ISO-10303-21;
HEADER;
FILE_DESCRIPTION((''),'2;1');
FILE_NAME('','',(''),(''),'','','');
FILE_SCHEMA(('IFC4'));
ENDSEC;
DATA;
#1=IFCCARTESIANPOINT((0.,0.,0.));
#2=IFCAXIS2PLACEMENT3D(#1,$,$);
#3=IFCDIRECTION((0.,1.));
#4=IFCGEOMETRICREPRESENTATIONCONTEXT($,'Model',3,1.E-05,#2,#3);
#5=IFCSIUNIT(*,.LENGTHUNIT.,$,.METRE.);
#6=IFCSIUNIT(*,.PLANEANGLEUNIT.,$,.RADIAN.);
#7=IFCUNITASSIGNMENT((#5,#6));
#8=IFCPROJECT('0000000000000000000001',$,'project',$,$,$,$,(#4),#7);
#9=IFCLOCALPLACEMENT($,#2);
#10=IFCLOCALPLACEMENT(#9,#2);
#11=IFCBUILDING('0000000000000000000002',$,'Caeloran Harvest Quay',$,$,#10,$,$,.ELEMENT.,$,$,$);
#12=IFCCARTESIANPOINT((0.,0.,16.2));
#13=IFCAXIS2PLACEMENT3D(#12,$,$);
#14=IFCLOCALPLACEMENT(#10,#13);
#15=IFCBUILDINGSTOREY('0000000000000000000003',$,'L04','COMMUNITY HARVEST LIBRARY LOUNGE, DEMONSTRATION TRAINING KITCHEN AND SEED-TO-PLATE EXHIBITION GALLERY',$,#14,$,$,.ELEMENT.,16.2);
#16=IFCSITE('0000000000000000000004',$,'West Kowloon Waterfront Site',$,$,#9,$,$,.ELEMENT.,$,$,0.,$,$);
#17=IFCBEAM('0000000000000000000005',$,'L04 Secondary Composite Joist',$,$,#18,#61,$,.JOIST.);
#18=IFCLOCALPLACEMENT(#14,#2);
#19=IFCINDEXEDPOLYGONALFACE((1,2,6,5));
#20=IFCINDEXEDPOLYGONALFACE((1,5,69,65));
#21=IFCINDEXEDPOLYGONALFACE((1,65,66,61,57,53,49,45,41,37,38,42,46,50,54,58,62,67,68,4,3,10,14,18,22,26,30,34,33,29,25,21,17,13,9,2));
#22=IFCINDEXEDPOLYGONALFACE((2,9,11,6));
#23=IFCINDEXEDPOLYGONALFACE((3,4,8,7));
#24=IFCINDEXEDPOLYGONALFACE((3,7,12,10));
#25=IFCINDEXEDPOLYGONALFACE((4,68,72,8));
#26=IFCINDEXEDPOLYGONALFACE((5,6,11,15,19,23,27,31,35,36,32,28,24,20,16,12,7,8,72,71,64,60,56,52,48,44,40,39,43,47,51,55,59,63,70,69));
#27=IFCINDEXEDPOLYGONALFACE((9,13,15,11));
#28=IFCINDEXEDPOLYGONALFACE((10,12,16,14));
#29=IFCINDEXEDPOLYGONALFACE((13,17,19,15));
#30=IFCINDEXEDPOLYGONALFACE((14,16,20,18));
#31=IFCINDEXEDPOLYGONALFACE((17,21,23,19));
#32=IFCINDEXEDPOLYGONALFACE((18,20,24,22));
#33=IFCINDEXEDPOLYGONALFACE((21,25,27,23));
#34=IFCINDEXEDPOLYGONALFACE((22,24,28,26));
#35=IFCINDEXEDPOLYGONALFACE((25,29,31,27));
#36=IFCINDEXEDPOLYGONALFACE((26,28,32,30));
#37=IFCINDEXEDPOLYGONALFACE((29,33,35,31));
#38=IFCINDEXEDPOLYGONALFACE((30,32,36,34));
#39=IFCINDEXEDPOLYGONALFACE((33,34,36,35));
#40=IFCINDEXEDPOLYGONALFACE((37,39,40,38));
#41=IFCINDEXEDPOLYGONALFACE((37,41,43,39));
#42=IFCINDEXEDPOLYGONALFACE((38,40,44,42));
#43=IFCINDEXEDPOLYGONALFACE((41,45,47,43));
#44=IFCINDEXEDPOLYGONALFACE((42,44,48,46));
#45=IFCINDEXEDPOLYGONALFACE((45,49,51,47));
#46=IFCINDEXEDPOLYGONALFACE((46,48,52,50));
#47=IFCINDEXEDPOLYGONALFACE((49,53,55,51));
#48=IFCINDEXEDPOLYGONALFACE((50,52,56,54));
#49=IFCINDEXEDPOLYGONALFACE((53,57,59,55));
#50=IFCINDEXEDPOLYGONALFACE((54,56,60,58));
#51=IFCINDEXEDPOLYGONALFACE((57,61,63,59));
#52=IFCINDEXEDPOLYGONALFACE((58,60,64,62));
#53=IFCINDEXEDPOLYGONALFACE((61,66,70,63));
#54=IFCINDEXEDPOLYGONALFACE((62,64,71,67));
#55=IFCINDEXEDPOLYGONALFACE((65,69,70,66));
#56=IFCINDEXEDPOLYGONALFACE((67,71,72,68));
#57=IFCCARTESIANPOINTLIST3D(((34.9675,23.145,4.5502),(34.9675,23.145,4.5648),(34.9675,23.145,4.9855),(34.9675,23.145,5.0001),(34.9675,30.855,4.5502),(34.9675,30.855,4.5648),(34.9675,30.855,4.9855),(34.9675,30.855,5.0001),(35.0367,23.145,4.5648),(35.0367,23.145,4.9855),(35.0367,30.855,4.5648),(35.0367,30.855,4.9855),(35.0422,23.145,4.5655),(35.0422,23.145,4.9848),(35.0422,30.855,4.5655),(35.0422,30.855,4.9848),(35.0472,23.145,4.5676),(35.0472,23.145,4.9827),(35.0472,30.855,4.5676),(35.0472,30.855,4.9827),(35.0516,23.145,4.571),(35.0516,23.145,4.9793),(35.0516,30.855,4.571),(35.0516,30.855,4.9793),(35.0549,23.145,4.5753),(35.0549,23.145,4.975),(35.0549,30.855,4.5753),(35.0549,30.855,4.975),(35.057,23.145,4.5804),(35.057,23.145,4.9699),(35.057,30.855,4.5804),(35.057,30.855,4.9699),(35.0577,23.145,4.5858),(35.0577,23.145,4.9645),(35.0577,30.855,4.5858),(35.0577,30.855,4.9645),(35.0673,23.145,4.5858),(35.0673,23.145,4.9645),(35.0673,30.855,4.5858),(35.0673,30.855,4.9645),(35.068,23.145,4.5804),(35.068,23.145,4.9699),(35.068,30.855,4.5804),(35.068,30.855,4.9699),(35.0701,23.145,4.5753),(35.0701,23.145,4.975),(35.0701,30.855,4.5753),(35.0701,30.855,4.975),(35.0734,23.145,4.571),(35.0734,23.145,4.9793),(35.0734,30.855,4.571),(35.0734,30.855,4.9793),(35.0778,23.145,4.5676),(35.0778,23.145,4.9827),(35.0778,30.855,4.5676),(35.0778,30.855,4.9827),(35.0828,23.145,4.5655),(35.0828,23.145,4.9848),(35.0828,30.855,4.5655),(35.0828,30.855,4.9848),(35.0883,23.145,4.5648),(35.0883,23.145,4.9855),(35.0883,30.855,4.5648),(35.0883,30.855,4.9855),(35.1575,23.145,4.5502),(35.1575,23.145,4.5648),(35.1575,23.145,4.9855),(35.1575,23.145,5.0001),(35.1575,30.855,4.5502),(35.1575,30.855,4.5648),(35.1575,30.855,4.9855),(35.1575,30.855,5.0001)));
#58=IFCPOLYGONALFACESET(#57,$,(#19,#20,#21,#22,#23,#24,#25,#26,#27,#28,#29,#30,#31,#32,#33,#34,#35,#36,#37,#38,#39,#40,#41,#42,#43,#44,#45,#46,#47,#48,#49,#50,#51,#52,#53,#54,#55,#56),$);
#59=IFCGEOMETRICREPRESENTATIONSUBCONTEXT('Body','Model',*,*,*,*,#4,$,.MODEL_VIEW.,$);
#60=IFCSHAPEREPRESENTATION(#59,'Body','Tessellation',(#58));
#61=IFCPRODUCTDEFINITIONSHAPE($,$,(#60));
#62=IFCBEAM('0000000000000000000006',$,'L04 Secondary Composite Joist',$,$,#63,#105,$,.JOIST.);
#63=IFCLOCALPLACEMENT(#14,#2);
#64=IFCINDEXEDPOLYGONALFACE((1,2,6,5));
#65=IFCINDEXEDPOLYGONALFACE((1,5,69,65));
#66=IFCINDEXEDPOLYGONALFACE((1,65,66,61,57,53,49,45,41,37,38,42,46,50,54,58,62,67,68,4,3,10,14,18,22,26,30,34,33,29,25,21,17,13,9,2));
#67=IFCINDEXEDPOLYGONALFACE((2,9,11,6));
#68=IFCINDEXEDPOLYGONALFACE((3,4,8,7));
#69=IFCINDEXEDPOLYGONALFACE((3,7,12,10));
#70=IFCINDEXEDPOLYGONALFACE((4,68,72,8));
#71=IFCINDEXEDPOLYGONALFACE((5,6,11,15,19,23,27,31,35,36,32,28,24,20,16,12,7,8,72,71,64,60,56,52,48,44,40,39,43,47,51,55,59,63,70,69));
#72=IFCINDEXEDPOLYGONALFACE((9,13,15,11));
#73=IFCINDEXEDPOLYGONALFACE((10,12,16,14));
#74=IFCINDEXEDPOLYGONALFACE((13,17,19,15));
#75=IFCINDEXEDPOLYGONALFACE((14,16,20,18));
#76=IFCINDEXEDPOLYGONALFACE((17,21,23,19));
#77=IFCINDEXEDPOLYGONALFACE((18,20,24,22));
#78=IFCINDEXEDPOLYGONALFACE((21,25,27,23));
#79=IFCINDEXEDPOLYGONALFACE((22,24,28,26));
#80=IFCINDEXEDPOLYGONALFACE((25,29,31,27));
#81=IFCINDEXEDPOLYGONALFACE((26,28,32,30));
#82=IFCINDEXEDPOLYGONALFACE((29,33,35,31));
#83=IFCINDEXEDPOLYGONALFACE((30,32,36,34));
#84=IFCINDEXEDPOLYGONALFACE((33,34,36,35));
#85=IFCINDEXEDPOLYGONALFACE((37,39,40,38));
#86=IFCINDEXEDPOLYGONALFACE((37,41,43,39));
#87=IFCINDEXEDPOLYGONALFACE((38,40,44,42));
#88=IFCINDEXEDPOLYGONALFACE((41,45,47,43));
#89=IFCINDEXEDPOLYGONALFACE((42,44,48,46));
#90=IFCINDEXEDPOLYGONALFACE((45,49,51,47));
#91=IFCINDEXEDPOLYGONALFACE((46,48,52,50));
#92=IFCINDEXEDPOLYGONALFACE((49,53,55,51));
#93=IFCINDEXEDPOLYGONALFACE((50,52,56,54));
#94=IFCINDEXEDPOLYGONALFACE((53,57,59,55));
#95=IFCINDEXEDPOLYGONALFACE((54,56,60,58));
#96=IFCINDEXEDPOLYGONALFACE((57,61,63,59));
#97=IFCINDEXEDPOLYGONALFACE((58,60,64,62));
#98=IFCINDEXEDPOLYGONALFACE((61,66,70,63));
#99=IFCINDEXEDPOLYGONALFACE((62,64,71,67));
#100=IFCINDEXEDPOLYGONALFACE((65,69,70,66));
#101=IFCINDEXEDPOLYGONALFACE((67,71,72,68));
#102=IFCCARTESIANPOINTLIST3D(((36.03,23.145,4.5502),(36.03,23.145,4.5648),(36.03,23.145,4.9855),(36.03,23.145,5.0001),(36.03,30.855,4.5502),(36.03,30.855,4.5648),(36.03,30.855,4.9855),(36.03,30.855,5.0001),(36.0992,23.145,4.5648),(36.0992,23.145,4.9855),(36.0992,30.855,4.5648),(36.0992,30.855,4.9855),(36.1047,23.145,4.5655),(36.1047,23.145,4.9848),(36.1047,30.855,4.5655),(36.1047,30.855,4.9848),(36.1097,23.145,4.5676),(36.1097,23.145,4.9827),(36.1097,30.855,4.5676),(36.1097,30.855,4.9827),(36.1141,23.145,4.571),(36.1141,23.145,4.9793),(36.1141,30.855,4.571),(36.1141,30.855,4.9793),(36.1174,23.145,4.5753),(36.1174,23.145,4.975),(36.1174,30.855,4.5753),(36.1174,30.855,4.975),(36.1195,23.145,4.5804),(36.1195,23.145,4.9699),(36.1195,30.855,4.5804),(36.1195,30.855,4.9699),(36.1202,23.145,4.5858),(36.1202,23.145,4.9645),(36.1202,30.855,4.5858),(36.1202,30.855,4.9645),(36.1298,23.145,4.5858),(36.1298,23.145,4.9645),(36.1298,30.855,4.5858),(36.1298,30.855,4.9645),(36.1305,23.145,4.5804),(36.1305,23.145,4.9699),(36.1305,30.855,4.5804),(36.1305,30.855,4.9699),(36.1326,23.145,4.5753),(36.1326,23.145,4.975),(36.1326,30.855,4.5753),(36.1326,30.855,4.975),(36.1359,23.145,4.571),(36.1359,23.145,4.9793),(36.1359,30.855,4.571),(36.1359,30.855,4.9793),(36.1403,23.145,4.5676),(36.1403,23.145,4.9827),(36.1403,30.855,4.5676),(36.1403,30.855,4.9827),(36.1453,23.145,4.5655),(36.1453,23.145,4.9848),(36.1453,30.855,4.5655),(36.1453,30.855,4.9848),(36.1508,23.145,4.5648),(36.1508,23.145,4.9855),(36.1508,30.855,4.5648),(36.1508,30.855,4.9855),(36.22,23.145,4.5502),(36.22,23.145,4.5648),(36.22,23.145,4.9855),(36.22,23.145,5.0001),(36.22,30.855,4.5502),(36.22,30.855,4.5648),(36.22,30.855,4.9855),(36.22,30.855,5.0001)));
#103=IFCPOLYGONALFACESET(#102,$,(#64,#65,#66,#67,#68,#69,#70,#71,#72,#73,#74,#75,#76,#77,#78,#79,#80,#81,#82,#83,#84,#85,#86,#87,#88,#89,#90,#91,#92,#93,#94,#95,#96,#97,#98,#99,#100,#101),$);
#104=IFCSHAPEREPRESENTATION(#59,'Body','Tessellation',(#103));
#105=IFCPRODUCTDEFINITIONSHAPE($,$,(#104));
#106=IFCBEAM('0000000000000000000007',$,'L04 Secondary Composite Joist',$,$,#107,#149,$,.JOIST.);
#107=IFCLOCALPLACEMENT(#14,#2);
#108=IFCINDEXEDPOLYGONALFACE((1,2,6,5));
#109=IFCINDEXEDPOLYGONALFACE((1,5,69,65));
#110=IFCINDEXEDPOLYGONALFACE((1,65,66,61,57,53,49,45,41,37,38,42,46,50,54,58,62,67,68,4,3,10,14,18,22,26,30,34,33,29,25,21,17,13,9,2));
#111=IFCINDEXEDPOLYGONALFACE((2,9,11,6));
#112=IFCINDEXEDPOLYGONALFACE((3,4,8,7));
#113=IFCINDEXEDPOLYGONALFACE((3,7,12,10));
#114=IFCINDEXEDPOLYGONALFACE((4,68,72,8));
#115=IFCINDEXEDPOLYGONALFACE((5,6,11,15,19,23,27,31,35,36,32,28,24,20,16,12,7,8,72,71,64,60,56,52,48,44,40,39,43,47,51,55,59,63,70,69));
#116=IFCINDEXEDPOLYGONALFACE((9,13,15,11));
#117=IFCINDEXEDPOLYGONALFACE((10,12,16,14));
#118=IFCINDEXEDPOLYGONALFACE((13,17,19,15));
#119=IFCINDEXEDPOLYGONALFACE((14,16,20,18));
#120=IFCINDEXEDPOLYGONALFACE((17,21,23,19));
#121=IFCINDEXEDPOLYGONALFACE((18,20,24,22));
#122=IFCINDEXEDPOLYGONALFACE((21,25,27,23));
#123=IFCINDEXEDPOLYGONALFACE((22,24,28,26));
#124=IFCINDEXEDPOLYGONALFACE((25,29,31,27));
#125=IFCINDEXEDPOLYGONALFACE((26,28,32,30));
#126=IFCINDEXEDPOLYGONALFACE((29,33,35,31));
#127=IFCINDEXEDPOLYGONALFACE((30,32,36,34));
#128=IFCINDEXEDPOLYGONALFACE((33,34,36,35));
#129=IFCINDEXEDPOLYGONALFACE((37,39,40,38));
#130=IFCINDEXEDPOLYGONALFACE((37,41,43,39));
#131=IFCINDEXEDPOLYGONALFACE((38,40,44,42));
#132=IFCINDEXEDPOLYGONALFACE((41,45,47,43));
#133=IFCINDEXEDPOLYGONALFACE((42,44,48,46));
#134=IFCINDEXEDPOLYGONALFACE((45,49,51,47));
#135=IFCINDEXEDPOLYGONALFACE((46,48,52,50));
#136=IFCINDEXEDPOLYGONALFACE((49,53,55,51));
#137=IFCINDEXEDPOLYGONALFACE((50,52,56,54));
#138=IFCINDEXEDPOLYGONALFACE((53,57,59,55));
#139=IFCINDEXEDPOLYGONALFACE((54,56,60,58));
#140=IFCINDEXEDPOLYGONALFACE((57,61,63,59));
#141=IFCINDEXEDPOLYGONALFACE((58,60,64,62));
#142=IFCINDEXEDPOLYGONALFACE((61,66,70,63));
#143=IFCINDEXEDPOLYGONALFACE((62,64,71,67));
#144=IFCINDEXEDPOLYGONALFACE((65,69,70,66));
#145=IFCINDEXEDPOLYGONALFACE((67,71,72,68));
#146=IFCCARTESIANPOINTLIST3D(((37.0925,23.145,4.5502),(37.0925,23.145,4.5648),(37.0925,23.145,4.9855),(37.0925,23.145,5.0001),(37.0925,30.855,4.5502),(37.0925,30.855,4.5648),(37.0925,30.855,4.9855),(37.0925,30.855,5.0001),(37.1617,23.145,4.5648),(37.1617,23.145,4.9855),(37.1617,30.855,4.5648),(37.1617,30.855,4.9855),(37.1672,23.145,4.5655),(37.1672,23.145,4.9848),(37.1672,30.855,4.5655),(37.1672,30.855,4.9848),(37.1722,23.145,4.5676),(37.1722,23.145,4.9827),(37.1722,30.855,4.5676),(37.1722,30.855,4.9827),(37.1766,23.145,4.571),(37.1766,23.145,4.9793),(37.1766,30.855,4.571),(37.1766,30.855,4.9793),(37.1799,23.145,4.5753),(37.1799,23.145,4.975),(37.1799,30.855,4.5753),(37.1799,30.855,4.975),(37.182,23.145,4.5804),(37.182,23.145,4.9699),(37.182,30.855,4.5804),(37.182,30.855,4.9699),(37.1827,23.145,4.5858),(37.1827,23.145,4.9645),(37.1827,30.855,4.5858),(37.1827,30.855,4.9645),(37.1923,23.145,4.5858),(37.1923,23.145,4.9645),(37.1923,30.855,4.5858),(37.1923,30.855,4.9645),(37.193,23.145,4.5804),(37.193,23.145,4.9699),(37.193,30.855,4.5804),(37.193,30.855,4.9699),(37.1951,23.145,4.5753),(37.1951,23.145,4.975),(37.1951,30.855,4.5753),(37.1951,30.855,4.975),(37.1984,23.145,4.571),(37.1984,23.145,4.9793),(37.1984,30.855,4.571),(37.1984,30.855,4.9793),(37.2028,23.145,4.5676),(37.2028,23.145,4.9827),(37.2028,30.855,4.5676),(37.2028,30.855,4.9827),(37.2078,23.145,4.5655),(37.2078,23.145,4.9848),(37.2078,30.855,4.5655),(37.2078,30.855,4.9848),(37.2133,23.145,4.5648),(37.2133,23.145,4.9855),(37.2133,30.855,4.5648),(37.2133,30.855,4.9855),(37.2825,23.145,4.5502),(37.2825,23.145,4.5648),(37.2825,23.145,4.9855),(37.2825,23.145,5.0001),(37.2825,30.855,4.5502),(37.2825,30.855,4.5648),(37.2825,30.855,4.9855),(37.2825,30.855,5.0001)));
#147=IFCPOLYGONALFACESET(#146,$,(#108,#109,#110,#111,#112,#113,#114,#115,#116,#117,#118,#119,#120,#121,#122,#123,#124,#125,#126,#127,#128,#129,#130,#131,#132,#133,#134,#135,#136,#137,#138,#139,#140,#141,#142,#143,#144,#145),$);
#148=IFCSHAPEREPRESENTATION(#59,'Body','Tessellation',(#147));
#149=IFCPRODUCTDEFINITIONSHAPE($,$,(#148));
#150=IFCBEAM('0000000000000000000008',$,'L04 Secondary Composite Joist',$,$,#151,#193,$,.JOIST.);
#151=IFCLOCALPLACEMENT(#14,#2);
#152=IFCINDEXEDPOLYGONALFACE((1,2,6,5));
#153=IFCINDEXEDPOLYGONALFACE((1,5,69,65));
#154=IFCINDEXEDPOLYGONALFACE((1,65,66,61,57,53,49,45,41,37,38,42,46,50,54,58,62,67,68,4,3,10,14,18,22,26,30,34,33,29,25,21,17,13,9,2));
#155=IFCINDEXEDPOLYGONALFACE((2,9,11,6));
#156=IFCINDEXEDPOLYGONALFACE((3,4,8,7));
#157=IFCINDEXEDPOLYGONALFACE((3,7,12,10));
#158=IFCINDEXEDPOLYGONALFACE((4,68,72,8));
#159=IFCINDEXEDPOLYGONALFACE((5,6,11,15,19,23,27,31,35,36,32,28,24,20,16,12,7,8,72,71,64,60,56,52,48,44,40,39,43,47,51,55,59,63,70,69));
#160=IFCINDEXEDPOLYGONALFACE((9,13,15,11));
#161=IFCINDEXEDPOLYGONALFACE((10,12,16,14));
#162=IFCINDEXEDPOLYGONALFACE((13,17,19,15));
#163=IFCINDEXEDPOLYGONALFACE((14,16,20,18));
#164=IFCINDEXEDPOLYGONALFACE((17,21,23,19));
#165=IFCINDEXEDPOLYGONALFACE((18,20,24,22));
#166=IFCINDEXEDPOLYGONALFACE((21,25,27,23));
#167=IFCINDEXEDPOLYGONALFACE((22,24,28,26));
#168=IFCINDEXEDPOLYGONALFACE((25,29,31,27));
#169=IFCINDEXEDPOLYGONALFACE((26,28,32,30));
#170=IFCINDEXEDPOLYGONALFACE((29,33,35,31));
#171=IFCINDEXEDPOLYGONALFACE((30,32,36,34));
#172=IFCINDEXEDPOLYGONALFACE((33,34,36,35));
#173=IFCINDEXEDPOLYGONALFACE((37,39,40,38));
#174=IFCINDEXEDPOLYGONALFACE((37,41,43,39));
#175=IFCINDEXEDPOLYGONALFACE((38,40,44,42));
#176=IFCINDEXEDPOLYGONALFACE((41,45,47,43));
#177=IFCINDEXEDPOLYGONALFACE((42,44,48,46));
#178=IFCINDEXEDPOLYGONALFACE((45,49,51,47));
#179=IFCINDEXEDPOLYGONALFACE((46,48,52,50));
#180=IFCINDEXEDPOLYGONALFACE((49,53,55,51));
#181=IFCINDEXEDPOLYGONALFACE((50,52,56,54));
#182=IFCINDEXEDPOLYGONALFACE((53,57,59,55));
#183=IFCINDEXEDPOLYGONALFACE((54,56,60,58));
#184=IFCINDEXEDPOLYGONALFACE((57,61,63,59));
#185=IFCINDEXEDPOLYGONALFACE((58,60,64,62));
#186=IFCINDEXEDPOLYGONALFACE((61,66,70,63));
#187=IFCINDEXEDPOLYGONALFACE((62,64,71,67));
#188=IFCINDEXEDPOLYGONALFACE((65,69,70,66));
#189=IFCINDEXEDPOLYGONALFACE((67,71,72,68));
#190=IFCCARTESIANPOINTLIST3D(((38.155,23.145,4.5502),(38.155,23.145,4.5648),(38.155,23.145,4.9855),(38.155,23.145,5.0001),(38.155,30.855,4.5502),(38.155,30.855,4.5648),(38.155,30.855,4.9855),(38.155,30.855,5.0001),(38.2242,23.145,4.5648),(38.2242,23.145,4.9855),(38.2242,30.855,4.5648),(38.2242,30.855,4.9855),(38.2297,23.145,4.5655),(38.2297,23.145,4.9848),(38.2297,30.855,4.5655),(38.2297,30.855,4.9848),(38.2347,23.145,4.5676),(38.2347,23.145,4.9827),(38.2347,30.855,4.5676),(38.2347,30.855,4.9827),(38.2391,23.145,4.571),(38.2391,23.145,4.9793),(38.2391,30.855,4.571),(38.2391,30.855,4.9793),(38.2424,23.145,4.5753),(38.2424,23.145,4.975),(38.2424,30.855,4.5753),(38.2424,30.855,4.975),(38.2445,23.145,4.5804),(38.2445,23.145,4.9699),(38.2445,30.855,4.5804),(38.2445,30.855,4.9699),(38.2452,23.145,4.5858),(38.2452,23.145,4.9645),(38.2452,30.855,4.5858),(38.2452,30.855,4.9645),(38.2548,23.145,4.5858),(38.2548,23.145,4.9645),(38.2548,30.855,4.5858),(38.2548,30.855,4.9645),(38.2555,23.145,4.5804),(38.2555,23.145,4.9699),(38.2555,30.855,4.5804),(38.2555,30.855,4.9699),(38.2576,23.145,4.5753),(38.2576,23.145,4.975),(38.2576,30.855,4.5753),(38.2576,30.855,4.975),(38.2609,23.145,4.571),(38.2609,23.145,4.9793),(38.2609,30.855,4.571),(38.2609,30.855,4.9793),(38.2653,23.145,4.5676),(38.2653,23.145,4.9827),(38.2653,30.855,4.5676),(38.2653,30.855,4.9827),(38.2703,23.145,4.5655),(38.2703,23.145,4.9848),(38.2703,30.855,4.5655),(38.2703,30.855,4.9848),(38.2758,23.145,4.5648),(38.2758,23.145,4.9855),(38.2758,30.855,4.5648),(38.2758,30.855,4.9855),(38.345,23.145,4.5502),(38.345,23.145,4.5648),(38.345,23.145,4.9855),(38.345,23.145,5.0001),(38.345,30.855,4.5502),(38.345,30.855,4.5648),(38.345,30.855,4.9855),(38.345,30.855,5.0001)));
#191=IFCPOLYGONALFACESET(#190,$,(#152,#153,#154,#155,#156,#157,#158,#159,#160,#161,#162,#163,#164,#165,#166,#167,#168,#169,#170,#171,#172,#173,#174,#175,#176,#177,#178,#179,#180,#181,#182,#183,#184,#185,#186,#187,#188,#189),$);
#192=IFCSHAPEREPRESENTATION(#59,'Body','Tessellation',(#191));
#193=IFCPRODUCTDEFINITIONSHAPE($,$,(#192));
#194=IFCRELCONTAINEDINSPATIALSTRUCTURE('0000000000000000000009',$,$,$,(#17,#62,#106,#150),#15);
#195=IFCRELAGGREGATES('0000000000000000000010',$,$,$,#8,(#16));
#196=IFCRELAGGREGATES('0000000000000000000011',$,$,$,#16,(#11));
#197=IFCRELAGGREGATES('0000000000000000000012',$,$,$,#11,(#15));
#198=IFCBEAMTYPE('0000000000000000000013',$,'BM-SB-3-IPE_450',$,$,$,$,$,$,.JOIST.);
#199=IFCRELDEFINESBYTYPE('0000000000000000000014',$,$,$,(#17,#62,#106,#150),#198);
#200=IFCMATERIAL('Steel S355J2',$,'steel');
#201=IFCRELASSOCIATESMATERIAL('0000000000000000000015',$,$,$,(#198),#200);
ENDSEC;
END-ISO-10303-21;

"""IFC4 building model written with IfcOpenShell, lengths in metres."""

from ifc_helpers import new_model, si_unit, direction, frame, origin, origin_2d, place, context, subcontext, project, spatial, i_section, extrude, material, material_profile, profile_set, type_object, element, save


model = new_model("IFC4")

# Units and contexts
model_context = context("Model", 3, precision=1e-05, world=origin(), true_north=direction((0.0, 1.0)))
body_context = subcontext(model_context, "Body", "Model", "MODEL_VIEW")
ifc_project = project(units=[si_unit("LENGTHUNIT", "METRE"), si_unit("PLANEANGLEUNIT", "RADIAN")], contexts=[model_context])

# Site, building, storey
site_placement = place(None, origin())
site = spatial("IfcSite", under=ifc_project, at=site_placement, Name="West Kowloon Waterfront Site", CompositionType="ELEMENT", RefElevation=0.0)
building_placement = place(site_placement, origin())
building = spatial("IfcBuilding", under=site, at=building_placement, Name="Caeloran Harvest Quay", CompositionType="ELEMENT")
storey_placement = place(building_placement, frame((0.0, 0.0, 16.2)))
storey = spatial("IfcBuildingStorey", under=building, at=storey_placement, Name="L04", Description="COMMUNITY HARVEST LIBRARY LOUNGE, DEMONSTRATION TRAINING KITCHEN AND SEED-TO-PLATE EXHIBITION GALLERY", CompositionType="ELEMENT", Elevation=16.2)

# Beams
ifc_material_1 = material(Name="Steel S355J2", Category="steel")
ifc_material_profile_1 = material_profile(ifc_material_1, i_section(OverallWidth=0.1899, OverallDepth=0.45, WebThickness=0.0095, FlangeThickness=0.0146, FilletRadius=0.021, at=origin_2d()), Name="IPE 450")
ifc_profile_set_1 = profile_set([ifc_material_profile_1], Name="Steel S355J2")
beam_type_1 = type_object("IfcBeamType", Name="BM-SB-3-IPE_450", PredefinedType="JOIST", material=ifc_profile_set_1)
for number, where, z_axis, x_axis, name in (
    (1, (35.0625, 23.145, 4.7751), (0.0, 1.0, 0.0), (-1.0, 0.0, 0.0), "L04 Secondary Composite Joist"),
    (2, (36.125, 23.145, 4.7751), (0.0, 1.0, 0.0), (-1.0, 0.0, 0.0), "L04 Secondary Composite Joist"),
    (3, (37.1875, 23.145, 4.7751), (0.0, 1.0, 0.0), (-1.0, 0.0, 0.0), "L04 Secondary Composite Joist"),
    (4, (38.25, 23.145, 4.7751), (0.0, 1.0, 0.0), (-1.0, 0.0, 0.0), "L04 Secondary Composite Joist"),
):
    element("IfcBeam", number, at=place(storey_placement, frame(where, z_axis=z_axis, x_axis=x_axis)), inside=storey, type_object=beam_type_1, Name=name, PredefinedType="JOIST", context=body_context, shape_type="SweptSolid", body=[
        extrude(i_section(OverallWidth=0.1899, OverallDepth=0.45, WebThickness=0.0095, FlangeThickness=0.0146, FilletRadius=0.021, at=origin_2d()), origin(), (0.0, 0.0, 1.0), 7.71),
    ])

save(model, "model.ifc")
